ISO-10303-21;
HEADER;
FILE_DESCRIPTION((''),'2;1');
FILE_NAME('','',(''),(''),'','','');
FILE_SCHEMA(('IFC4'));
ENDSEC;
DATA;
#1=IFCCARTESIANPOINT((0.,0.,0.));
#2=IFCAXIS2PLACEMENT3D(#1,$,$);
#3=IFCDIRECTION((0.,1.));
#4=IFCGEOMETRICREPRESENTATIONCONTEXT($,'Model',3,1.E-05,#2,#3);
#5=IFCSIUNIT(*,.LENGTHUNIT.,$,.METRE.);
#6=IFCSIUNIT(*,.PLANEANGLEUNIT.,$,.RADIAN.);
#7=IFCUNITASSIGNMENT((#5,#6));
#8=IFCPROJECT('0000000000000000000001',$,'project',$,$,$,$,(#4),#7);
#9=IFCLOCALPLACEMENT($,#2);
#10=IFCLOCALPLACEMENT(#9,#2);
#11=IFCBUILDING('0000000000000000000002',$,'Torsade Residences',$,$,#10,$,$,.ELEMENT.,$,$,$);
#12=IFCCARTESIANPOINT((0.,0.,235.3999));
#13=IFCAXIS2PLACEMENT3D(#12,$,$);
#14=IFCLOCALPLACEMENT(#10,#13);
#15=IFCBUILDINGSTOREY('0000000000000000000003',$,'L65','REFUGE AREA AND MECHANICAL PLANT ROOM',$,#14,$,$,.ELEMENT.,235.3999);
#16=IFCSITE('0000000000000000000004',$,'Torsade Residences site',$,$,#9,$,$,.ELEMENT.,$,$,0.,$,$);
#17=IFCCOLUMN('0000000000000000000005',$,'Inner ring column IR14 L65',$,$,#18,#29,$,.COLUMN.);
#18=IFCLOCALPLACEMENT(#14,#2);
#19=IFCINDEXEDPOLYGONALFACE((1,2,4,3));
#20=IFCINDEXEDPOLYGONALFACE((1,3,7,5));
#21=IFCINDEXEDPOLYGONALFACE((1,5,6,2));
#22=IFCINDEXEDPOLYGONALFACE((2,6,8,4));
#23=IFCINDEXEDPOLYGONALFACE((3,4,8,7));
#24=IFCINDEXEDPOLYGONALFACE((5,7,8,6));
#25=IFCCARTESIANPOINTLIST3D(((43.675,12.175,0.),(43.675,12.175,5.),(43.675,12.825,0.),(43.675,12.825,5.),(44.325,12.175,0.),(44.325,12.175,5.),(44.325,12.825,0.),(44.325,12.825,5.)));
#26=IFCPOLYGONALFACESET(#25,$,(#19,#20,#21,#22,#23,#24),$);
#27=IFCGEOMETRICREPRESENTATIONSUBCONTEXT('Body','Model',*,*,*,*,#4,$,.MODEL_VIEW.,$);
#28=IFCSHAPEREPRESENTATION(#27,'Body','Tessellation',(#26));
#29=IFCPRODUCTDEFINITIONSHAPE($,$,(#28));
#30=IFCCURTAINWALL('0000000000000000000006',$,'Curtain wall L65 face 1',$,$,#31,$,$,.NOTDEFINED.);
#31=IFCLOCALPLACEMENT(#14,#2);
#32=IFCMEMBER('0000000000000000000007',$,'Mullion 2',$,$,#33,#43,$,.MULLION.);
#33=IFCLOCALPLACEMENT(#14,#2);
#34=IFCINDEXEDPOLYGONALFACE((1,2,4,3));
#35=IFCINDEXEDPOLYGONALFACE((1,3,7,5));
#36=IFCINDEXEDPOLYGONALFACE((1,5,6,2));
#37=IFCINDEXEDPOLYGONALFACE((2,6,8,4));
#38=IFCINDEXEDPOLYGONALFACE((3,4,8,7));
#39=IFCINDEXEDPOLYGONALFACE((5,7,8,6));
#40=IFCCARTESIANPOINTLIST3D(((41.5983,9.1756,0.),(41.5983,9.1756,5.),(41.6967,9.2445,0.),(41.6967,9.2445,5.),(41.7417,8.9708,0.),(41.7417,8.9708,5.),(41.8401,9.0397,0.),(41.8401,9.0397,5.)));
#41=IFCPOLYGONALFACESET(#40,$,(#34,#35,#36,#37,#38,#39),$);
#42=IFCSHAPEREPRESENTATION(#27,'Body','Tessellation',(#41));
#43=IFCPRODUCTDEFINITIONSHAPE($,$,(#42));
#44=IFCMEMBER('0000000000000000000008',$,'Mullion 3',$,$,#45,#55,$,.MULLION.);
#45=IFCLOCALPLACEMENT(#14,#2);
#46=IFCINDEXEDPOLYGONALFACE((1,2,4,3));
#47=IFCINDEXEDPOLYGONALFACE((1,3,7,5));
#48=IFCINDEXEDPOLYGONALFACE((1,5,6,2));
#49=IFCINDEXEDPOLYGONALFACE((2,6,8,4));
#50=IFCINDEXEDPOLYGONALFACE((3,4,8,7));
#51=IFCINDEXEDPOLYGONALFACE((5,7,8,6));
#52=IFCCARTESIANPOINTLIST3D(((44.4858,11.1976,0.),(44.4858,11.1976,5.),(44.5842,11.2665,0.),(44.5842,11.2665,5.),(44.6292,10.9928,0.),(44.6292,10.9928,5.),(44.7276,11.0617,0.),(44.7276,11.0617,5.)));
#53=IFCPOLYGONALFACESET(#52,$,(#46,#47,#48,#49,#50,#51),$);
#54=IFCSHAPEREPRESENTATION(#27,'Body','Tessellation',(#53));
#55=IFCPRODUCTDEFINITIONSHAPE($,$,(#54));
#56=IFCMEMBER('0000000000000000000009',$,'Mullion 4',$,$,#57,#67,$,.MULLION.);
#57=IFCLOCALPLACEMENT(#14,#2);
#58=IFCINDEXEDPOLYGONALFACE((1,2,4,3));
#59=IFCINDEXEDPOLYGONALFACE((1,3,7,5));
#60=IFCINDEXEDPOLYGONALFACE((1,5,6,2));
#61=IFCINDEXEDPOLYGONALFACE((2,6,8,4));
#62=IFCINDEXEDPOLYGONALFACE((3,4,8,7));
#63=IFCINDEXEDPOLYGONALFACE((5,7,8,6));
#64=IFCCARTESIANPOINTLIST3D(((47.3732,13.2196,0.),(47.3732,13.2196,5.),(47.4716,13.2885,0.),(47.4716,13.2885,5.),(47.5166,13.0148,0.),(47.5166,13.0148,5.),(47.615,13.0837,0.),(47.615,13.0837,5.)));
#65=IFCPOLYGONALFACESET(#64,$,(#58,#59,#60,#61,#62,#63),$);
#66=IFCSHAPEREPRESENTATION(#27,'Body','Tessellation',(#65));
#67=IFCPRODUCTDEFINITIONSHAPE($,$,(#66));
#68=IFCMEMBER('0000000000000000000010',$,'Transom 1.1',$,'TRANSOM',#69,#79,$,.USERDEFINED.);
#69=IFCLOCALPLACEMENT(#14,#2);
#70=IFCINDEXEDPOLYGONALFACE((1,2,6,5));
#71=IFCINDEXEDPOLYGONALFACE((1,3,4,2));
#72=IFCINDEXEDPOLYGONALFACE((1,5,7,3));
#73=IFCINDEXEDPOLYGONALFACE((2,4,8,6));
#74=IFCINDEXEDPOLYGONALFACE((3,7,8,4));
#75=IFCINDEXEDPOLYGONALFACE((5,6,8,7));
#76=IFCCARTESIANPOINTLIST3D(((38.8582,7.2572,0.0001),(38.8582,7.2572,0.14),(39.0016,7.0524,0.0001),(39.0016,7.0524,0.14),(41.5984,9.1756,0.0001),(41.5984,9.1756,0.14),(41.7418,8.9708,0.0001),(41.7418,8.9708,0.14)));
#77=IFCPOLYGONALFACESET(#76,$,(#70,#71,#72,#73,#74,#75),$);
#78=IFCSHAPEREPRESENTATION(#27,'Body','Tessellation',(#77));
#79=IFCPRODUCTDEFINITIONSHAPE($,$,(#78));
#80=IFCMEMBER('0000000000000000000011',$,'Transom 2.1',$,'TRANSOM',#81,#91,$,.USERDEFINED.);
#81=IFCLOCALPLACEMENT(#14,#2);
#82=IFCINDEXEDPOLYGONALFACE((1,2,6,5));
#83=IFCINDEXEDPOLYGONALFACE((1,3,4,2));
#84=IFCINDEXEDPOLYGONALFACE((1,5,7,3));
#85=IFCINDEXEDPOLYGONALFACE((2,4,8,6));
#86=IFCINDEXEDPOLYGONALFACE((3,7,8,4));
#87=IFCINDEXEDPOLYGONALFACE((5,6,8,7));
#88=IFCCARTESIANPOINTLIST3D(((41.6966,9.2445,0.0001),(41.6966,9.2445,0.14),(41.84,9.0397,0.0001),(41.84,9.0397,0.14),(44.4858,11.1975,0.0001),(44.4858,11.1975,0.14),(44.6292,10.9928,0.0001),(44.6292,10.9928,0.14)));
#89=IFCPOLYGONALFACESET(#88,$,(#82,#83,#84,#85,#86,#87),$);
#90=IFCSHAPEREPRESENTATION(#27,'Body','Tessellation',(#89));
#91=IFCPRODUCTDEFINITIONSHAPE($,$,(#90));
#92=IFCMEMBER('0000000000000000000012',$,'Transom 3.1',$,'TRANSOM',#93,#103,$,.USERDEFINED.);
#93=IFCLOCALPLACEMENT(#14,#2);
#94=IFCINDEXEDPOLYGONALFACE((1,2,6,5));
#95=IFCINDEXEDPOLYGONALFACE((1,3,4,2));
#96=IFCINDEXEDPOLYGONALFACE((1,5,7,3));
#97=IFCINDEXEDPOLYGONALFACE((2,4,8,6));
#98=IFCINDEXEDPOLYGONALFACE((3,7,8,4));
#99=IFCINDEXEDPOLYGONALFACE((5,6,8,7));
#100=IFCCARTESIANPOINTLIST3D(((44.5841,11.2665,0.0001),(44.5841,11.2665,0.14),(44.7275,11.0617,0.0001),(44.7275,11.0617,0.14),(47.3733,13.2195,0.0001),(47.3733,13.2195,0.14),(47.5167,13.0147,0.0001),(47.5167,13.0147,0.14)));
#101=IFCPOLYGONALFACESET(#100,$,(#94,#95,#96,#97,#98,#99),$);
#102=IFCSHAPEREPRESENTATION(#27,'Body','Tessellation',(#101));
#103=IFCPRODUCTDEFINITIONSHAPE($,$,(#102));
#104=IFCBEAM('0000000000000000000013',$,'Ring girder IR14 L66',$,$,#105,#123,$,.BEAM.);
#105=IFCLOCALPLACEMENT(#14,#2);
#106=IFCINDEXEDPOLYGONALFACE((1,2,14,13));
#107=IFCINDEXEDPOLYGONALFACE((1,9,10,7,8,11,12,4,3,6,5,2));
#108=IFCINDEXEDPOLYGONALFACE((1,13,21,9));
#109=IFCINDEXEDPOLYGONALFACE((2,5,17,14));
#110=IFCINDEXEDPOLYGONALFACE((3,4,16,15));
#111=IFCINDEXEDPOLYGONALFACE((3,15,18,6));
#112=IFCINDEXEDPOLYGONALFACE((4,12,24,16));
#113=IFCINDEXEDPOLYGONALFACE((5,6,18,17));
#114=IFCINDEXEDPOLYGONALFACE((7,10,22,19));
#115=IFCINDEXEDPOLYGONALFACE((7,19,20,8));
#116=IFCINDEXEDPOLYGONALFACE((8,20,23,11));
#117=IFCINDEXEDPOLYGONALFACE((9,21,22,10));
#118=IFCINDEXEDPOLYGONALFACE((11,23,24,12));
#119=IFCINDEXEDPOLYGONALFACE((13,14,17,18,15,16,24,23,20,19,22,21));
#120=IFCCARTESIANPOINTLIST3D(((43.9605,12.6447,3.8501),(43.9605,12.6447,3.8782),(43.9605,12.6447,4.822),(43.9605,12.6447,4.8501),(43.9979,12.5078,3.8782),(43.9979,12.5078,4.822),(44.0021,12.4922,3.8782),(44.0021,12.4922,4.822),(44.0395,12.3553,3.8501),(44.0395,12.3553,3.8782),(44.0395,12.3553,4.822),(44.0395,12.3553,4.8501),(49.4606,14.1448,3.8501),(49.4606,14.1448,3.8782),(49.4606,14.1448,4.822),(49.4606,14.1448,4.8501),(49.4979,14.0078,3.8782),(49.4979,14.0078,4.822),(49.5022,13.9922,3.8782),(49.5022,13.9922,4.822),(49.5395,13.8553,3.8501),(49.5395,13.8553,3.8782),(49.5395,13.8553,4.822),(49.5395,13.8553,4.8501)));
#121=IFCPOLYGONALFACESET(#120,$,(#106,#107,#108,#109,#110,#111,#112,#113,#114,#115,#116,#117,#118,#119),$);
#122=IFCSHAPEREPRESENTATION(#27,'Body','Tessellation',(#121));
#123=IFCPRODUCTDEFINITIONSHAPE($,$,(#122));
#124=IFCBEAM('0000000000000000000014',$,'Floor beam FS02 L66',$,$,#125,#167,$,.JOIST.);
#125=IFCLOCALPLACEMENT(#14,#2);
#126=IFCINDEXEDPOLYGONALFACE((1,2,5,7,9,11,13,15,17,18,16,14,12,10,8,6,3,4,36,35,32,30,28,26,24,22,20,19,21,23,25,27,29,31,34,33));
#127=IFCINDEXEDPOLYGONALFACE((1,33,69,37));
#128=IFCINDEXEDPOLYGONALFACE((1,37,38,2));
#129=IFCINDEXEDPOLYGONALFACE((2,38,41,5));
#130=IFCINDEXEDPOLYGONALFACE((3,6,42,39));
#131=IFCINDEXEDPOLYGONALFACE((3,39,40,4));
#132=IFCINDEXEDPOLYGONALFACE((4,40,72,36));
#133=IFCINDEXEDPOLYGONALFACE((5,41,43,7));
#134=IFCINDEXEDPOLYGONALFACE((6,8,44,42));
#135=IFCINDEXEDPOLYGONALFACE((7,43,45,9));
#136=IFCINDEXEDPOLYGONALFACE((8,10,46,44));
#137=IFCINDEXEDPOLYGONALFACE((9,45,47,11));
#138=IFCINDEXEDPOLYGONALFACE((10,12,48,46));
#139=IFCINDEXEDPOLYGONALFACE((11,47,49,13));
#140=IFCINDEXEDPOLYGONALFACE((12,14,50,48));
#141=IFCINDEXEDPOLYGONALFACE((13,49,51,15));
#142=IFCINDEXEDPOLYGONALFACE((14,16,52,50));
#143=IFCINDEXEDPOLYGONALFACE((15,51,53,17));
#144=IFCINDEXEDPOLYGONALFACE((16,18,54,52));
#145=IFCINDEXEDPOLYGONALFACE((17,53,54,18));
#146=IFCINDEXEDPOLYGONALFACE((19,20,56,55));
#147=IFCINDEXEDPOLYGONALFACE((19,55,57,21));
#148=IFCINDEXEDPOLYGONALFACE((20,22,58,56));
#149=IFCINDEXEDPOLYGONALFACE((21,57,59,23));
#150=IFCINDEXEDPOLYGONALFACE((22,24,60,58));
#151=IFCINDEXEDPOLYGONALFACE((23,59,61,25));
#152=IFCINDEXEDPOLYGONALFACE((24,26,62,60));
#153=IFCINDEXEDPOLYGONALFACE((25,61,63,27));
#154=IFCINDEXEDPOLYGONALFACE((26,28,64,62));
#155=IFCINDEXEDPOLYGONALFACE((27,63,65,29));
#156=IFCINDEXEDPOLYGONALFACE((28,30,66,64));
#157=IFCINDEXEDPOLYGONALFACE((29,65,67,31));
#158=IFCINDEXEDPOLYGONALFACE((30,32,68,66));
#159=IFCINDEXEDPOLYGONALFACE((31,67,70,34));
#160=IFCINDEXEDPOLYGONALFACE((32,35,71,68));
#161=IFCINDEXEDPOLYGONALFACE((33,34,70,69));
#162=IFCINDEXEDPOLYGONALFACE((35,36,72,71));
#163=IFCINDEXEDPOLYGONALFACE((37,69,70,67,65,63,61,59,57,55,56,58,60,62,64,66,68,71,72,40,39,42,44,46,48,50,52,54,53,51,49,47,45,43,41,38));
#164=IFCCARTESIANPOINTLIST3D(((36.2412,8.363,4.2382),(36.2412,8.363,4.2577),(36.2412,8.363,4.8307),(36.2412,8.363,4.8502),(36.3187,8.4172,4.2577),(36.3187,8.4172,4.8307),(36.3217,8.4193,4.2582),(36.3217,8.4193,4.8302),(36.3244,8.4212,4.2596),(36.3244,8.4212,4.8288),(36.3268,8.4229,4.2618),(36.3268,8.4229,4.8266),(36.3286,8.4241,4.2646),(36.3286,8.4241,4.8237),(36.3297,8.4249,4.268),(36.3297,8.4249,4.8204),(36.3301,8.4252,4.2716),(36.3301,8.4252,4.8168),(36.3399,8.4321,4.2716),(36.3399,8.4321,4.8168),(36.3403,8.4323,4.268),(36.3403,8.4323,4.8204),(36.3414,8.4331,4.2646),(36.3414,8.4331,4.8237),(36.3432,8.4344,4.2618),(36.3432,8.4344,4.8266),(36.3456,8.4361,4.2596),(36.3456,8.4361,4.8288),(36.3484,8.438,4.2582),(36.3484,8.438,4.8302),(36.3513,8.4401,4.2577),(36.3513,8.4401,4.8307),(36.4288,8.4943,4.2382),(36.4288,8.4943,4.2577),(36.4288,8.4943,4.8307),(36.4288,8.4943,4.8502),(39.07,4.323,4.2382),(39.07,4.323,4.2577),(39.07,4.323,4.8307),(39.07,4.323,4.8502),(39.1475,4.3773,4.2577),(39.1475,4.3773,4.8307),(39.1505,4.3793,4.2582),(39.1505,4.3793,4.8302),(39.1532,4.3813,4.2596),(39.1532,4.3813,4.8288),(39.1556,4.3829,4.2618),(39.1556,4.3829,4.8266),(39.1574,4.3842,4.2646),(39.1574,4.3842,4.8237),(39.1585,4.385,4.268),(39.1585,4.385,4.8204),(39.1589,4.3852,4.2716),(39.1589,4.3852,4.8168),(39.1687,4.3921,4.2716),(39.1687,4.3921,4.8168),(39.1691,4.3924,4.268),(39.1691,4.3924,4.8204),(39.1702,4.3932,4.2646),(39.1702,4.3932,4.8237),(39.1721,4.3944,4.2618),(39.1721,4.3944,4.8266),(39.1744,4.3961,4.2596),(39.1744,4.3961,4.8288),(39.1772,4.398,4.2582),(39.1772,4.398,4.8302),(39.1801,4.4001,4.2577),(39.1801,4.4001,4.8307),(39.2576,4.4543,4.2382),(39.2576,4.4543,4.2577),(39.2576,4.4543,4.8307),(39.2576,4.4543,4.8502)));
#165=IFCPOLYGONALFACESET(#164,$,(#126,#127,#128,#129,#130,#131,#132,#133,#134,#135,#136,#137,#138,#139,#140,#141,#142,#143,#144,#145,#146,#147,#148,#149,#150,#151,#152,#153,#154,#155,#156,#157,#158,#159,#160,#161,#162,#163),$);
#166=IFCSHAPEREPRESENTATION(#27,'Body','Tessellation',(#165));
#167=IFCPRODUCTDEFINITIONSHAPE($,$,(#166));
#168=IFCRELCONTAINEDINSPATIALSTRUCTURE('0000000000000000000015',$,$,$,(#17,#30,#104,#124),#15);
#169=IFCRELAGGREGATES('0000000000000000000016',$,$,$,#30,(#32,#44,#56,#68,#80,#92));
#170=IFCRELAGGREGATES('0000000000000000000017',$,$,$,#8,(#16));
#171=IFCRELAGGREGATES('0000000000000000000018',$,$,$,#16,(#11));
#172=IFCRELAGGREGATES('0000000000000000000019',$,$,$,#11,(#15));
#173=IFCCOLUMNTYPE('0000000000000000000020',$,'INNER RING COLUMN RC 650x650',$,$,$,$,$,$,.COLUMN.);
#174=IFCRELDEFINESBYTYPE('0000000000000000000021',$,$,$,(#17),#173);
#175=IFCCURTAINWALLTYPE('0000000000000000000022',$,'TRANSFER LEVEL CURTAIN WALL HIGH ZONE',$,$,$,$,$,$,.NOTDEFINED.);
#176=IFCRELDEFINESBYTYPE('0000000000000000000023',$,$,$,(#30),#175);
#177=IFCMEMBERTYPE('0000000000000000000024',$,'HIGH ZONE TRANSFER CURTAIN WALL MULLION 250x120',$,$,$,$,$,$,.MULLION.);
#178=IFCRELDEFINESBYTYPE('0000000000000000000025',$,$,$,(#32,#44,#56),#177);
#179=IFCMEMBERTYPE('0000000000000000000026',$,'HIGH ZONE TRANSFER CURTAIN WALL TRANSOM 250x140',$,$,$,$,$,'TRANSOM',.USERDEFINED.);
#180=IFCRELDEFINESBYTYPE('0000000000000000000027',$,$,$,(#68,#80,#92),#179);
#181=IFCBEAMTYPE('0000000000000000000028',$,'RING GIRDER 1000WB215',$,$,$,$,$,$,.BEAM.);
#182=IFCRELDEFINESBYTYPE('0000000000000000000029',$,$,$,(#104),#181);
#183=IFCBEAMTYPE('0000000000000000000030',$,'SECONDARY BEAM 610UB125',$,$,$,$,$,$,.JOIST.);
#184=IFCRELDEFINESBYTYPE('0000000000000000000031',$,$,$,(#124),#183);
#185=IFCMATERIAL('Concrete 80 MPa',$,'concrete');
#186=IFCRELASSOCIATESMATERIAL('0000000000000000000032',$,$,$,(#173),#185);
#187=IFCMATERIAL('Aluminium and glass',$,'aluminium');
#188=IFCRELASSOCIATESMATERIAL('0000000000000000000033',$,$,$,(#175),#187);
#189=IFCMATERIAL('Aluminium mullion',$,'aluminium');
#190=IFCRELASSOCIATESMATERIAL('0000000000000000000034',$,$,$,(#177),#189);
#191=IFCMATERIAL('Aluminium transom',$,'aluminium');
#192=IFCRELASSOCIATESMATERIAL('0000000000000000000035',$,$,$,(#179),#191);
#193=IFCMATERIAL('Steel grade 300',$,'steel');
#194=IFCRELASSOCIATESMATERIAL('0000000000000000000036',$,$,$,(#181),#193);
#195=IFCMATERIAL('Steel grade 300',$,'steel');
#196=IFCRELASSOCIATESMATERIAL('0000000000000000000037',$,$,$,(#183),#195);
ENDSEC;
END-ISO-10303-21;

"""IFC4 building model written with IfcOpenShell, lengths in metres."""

from ifc_helpers import new_model, si_unit, direction, frame, origin, origin_2d, place, context, subcontext, project, spatial, rectangle, i_section, extrude, material, material_profile, profile_set, type_object, element, aggregate, save


model = new_model("IFC4")

# Units and contexts
model_context = context("Model", 3, precision=1e-05, world=origin(), true_north=direction((0.0, 1.0)))
body_context = subcontext(model_context, "Body", "Model", "MODEL_VIEW")
ifc_project = project(units=[si_unit("LENGTHUNIT", "METRE"), si_unit("PLANEANGLEUNIT", "RADIAN")], contexts=[model_context])

# Site, building, storey
site_placement = place(None, origin())
site = spatial("IfcSite", under=ifc_project, at=site_placement, Name="Torsade Residences site", CompositionType="ELEMENT", RefElevation=0.0)
building_placement = place(site_placement, origin())
building = spatial("IfcBuilding", under=site, at=building_placement, Name="Torsade Residences", CompositionType="ELEMENT")
storey_placement = place(building_placement, frame((0.0, 0.0, 235.3999)))
storey = spatial("IfcBuildingStorey", under=building, at=storey_placement, Name="L65", Description="REFUGE AREA AND MECHANICAL PLANT ROOM", CompositionType="ELEMENT", Elevation=235.3999)

# Column
ifc_material_1 = material(Name="Concrete 80 MPa", Category="concrete")
ifc_material_profile_1 = material_profile(ifc_material_1, rectangle(XDim=0.6499, YDim=0.6499, at=origin_2d()), Name="RC 650x650")
ifc_profile_set_1 = profile_set([ifc_material_profile_1], Name="Concrete 80 MPa")
column_type = type_object("IfcColumnType", Name="INNER RING COLUMN RC 650x650", PredefinedType="COLUMN", material=ifc_profile_set_1)
column_placement = place(storey_placement, frame((44.0, 12.5, 0.0), z_axis=(0.0, 0.0, 1.0), x_axis=(1.0, 0.0, 0.0)))
element("IfcColumn", 1, at=column_placement, inside=storey, type_object=column_type, Name="Inner ring column IR14 L65", PredefinedType="COLUMN", context=body_context, shape_type="SweptSolid", body=[
    extrude(rectangle(XDim=0.6499, YDim=0.6499, at=origin_2d()), origin(), (0.0, 0.0, 1.0), 5.0),
])

# Curtain wall, members
ifc_material_2 = material(Name="Aluminium and glass", Category="aluminium")
curtain_wall_type = type_object("IfcCurtainWallType", Name="TRANSFER LEVEL CURTAIN WALL HIGH ZONE", PredefinedType="NOTDEFINED", material=ifc_material_2)
curtain_wall_placement = place(storey_placement, origin())
curtain_wall = element("IfcCurtainWall", 2, at=curtain_wall_placement, inside=storey, type_object=curtain_wall_type, Name="Curtain wall L65 face 1", PredefinedType="NOTDEFINED")
ifc_material_3 = material(Name="Aluminium mullion", Category="aluminium")
ifc_material_profile_2 = material_profile(ifc_material_3, rectangle(XDim=0.25, YDim=0.1201, at=origin_2d()), Name="HIGH ZONE TRANSFER CURTAIN WALL MULLION 250x120")
ifc_profile_set_2 = profile_set([ifc_material_profile_2], Name="Aluminium mullion")
member_type_1 = type_object("IfcMemberType", Name="HIGH ZONE TRANSFER CURTAIN WALL MULLION 250x120", PredefinedType="MULLION", material=ifc_profile_set_2)
member_1_placement = place(storey_placement, frame((41.7192, 9.1077, 0.0), z_axis=(0.0, 0.0, 1.0), x_axis=(-0.573576, 0.819152, 0.0)))
member_1 = element("IfcMember", 3, at=member_1_placement, type_object=member_type_1, Name="Mullion 2", PredefinedType="MULLION", context=body_context, shape_type="SweptSolid", body=[
    extrude(rectangle(XDim=0.25, YDim=0.1201, at=origin_2d()), origin(), (0.0, 0.0, 1.0), 5.0),
])
member_2_placement = place(storey_placement, frame((44.6067, 11.1296, 0.0), z_axis=(0.0, 0.0, 1.0), x_axis=(-0.573576, 0.819152, 0.0)))
member_2 = element("IfcMember", 4, at=member_2_placement, type_object=member_type_1, Name="Mullion 3", PredefinedType="MULLION", context=body_context, shape_type="SweptSolid", body=[
    extrude(rectangle(XDim=0.25, YDim=0.1201, at=origin_2d()), origin(), (0.0, 0.0, 1.0), 5.0),
])
member_3_placement = place(storey_placement, frame((47.4941, 13.1516, 0.0), z_axis=(0.0, 0.0, 1.0), x_axis=(-0.573576, 0.819152, 0.0)))
member_3 = element("IfcMember", 5, at=member_3_placement, type_object=member_type_1, Name="Mullion 4", PredefinedType="MULLION", context=body_context, shape_type="SweptSolid", body=[
    extrude(rectangle(XDim=0.25, YDim=0.1201, at=origin_2d()), origin(), (0.0, 0.0, 1.0), 5.0),
])
ifc_material_4 = material(Name="Aluminium transom", Category="aluminium")
ifc_material_profile_3 = material_profile(ifc_material_4, rectangle(XDim=0.25, YDim=0.1399, at=origin_2d()), Name="HIGH ZONE TRANSFER CURTAIN WALL TRANSOM 250x140")
ifc_profile_set_3 = profile_set([ifc_material_profile_3], Name="Aluminium transom")
member_type_2 = type_object("IfcMemberType", Name="HIGH ZONE TRANSFER CURTAIN WALL TRANSOM 250x140", ElementType="TRANSOM", PredefinedType="USERDEFINED", material=ifc_profile_set_3)
member_4_placement = place(storey_placement, frame((38.9299, 7.1548, 0.0701), z_axis=(0.819191, 0.573521, 0.0), x_axis=(-0.573521, 0.819191, 0.0)))
member_4 = element("IfcMember", 6, at=member_4_placement, type_object=member_type_2, Name="Transom 1.1", ObjectType="TRANSOM", PredefinedType="USERDEFINED", context=body_context, shape_type="SweptSolid", body=[
    extrude(rectangle(XDim=0.25, YDim=0.1399, at=origin_2d()), origin(), (0.0, 0.0, 1.0), 3.345),
])
member_5_placement = place(storey_placement, frame((41.7683, 9.1421, 0.0701), z_axis=(0.819148, 0.573583, 0.0), x_axis=(-0.573583, 0.819148, 0.0)))
member_5 = element("IfcMember", 7, at=member_5_placement, type_object=member_type_2, Name="Transom 2.1", ObjectType="TRANSOM", PredefinedType="USERDEFINED", context=body_context, shape_type="SweptSolid", body=[
    extrude(rectangle(XDim=0.25, YDim=0.1399, at=origin_2d()), origin(), (0.0, 0.0, 1.0), 3.405),
])
member_6_placement = place(storey_placement, frame((44.6558, 11.1641, 0.0701), z_axis=(0.819148, 0.573583, 0.0), x_axis=(-0.573583, 0.819148, 0.0)))
member_6 = element("IfcMember", 8, at=member_6_placement, type_object=member_type_2, Name="Transom 3.1", ObjectType="TRANSOM", PredefinedType="USERDEFINED", context=body_context, shape_type="SweptSolid", body=[
    extrude(rectangle(XDim=0.25, YDim=0.1399, at=origin_2d()), origin(), (0.0, 0.0, 1.0), 3.405),
])

# Beams
ifc_material_5 = material(Name="Steel grade 300", Category="steel")
ifc_material_profile_4 = material_profile(ifc_material_5, i_section(OverallWidth=0.3, OverallDepth=1.0, WebThickness=0.0161, FlangeThickness=0.0281, at=origin_2d()), Name="1000WB215")
ifc_profile_set_4 = profile_set([ifc_material_profile_4], Name="Steel grade 300")
beam_type_1 = type_object("IfcBeamType", Name="RING GIRDER 1000WB215", PredefinedType="BEAM", material=ifc_profile_set_4)
beam_1_placement = place(storey_placement, frame((44.0, 12.5, 4.3501), z_axis=(0.964764, 0.263117, 0.0), x_axis=(-0.263117, 0.964764, 0.0)))
element("IfcBeam", 9, at=beam_1_placement, inside=storey, type_object=beam_type_1, Name="Ring girder IR14 L66", PredefinedType="BEAM", context=body_context, shape_type="SweptSolid", body=[
    extrude(i_section(OverallWidth=0.3, OverallDepth=1.0, WebThickness=0.0161, FlangeThickness=0.0281, at=origin_2d()), origin(), (0.0, 0.0, 1.0), 5.7009),
])
ifc_material_6 = material(Name="Steel grade 300", Category="steel")
ifc_material_profile_5 = material_profile(ifc_material_6, i_section(OverallWidth=0.229, OverallDepth=0.6121, WebThickness=0.012, FlangeThickness=0.0195, FilletRadius=0.0139, at=origin_2d()), Name="610UB125")
ifc_profile_set_5 = profile_set([ifc_material_profile_5], Name="Steel grade 300")
beam_type_2 = type_object("IfcBeamType", Name="SECONDARY BEAM 610UB125", PredefinedType="JOIST", material=ifc_profile_set_5)
beam_2_placement = place(storey_placement, frame((39.1638, 4.3887, 4.5442), z_axis=(-0.573575, 0.819153, 0.0), x_axis=(-0.819153, -0.573575, 0.0)))
element("IfcBeam", 10, at=beam_2_placement, inside=storey, type_object=beam_type_2, Name="Floor beam FS02 L66", PredefinedType="JOIST", context=body_context, shape_type="SweptSolid", body=[
    extrude(i_section(OverallWidth=0.229, OverallDepth=0.6121, WebThickness=0.012, FlangeThickness=0.0195, FilletRadius=0.0139, at=origin_2d()), origin(), (0.0, 0.0, 1.0), 4.9319),
])

aggregate(curtain_wall, [member_1, member_2, member_3, member_4, member_5, member_6])

save(model, "model.ifc")
